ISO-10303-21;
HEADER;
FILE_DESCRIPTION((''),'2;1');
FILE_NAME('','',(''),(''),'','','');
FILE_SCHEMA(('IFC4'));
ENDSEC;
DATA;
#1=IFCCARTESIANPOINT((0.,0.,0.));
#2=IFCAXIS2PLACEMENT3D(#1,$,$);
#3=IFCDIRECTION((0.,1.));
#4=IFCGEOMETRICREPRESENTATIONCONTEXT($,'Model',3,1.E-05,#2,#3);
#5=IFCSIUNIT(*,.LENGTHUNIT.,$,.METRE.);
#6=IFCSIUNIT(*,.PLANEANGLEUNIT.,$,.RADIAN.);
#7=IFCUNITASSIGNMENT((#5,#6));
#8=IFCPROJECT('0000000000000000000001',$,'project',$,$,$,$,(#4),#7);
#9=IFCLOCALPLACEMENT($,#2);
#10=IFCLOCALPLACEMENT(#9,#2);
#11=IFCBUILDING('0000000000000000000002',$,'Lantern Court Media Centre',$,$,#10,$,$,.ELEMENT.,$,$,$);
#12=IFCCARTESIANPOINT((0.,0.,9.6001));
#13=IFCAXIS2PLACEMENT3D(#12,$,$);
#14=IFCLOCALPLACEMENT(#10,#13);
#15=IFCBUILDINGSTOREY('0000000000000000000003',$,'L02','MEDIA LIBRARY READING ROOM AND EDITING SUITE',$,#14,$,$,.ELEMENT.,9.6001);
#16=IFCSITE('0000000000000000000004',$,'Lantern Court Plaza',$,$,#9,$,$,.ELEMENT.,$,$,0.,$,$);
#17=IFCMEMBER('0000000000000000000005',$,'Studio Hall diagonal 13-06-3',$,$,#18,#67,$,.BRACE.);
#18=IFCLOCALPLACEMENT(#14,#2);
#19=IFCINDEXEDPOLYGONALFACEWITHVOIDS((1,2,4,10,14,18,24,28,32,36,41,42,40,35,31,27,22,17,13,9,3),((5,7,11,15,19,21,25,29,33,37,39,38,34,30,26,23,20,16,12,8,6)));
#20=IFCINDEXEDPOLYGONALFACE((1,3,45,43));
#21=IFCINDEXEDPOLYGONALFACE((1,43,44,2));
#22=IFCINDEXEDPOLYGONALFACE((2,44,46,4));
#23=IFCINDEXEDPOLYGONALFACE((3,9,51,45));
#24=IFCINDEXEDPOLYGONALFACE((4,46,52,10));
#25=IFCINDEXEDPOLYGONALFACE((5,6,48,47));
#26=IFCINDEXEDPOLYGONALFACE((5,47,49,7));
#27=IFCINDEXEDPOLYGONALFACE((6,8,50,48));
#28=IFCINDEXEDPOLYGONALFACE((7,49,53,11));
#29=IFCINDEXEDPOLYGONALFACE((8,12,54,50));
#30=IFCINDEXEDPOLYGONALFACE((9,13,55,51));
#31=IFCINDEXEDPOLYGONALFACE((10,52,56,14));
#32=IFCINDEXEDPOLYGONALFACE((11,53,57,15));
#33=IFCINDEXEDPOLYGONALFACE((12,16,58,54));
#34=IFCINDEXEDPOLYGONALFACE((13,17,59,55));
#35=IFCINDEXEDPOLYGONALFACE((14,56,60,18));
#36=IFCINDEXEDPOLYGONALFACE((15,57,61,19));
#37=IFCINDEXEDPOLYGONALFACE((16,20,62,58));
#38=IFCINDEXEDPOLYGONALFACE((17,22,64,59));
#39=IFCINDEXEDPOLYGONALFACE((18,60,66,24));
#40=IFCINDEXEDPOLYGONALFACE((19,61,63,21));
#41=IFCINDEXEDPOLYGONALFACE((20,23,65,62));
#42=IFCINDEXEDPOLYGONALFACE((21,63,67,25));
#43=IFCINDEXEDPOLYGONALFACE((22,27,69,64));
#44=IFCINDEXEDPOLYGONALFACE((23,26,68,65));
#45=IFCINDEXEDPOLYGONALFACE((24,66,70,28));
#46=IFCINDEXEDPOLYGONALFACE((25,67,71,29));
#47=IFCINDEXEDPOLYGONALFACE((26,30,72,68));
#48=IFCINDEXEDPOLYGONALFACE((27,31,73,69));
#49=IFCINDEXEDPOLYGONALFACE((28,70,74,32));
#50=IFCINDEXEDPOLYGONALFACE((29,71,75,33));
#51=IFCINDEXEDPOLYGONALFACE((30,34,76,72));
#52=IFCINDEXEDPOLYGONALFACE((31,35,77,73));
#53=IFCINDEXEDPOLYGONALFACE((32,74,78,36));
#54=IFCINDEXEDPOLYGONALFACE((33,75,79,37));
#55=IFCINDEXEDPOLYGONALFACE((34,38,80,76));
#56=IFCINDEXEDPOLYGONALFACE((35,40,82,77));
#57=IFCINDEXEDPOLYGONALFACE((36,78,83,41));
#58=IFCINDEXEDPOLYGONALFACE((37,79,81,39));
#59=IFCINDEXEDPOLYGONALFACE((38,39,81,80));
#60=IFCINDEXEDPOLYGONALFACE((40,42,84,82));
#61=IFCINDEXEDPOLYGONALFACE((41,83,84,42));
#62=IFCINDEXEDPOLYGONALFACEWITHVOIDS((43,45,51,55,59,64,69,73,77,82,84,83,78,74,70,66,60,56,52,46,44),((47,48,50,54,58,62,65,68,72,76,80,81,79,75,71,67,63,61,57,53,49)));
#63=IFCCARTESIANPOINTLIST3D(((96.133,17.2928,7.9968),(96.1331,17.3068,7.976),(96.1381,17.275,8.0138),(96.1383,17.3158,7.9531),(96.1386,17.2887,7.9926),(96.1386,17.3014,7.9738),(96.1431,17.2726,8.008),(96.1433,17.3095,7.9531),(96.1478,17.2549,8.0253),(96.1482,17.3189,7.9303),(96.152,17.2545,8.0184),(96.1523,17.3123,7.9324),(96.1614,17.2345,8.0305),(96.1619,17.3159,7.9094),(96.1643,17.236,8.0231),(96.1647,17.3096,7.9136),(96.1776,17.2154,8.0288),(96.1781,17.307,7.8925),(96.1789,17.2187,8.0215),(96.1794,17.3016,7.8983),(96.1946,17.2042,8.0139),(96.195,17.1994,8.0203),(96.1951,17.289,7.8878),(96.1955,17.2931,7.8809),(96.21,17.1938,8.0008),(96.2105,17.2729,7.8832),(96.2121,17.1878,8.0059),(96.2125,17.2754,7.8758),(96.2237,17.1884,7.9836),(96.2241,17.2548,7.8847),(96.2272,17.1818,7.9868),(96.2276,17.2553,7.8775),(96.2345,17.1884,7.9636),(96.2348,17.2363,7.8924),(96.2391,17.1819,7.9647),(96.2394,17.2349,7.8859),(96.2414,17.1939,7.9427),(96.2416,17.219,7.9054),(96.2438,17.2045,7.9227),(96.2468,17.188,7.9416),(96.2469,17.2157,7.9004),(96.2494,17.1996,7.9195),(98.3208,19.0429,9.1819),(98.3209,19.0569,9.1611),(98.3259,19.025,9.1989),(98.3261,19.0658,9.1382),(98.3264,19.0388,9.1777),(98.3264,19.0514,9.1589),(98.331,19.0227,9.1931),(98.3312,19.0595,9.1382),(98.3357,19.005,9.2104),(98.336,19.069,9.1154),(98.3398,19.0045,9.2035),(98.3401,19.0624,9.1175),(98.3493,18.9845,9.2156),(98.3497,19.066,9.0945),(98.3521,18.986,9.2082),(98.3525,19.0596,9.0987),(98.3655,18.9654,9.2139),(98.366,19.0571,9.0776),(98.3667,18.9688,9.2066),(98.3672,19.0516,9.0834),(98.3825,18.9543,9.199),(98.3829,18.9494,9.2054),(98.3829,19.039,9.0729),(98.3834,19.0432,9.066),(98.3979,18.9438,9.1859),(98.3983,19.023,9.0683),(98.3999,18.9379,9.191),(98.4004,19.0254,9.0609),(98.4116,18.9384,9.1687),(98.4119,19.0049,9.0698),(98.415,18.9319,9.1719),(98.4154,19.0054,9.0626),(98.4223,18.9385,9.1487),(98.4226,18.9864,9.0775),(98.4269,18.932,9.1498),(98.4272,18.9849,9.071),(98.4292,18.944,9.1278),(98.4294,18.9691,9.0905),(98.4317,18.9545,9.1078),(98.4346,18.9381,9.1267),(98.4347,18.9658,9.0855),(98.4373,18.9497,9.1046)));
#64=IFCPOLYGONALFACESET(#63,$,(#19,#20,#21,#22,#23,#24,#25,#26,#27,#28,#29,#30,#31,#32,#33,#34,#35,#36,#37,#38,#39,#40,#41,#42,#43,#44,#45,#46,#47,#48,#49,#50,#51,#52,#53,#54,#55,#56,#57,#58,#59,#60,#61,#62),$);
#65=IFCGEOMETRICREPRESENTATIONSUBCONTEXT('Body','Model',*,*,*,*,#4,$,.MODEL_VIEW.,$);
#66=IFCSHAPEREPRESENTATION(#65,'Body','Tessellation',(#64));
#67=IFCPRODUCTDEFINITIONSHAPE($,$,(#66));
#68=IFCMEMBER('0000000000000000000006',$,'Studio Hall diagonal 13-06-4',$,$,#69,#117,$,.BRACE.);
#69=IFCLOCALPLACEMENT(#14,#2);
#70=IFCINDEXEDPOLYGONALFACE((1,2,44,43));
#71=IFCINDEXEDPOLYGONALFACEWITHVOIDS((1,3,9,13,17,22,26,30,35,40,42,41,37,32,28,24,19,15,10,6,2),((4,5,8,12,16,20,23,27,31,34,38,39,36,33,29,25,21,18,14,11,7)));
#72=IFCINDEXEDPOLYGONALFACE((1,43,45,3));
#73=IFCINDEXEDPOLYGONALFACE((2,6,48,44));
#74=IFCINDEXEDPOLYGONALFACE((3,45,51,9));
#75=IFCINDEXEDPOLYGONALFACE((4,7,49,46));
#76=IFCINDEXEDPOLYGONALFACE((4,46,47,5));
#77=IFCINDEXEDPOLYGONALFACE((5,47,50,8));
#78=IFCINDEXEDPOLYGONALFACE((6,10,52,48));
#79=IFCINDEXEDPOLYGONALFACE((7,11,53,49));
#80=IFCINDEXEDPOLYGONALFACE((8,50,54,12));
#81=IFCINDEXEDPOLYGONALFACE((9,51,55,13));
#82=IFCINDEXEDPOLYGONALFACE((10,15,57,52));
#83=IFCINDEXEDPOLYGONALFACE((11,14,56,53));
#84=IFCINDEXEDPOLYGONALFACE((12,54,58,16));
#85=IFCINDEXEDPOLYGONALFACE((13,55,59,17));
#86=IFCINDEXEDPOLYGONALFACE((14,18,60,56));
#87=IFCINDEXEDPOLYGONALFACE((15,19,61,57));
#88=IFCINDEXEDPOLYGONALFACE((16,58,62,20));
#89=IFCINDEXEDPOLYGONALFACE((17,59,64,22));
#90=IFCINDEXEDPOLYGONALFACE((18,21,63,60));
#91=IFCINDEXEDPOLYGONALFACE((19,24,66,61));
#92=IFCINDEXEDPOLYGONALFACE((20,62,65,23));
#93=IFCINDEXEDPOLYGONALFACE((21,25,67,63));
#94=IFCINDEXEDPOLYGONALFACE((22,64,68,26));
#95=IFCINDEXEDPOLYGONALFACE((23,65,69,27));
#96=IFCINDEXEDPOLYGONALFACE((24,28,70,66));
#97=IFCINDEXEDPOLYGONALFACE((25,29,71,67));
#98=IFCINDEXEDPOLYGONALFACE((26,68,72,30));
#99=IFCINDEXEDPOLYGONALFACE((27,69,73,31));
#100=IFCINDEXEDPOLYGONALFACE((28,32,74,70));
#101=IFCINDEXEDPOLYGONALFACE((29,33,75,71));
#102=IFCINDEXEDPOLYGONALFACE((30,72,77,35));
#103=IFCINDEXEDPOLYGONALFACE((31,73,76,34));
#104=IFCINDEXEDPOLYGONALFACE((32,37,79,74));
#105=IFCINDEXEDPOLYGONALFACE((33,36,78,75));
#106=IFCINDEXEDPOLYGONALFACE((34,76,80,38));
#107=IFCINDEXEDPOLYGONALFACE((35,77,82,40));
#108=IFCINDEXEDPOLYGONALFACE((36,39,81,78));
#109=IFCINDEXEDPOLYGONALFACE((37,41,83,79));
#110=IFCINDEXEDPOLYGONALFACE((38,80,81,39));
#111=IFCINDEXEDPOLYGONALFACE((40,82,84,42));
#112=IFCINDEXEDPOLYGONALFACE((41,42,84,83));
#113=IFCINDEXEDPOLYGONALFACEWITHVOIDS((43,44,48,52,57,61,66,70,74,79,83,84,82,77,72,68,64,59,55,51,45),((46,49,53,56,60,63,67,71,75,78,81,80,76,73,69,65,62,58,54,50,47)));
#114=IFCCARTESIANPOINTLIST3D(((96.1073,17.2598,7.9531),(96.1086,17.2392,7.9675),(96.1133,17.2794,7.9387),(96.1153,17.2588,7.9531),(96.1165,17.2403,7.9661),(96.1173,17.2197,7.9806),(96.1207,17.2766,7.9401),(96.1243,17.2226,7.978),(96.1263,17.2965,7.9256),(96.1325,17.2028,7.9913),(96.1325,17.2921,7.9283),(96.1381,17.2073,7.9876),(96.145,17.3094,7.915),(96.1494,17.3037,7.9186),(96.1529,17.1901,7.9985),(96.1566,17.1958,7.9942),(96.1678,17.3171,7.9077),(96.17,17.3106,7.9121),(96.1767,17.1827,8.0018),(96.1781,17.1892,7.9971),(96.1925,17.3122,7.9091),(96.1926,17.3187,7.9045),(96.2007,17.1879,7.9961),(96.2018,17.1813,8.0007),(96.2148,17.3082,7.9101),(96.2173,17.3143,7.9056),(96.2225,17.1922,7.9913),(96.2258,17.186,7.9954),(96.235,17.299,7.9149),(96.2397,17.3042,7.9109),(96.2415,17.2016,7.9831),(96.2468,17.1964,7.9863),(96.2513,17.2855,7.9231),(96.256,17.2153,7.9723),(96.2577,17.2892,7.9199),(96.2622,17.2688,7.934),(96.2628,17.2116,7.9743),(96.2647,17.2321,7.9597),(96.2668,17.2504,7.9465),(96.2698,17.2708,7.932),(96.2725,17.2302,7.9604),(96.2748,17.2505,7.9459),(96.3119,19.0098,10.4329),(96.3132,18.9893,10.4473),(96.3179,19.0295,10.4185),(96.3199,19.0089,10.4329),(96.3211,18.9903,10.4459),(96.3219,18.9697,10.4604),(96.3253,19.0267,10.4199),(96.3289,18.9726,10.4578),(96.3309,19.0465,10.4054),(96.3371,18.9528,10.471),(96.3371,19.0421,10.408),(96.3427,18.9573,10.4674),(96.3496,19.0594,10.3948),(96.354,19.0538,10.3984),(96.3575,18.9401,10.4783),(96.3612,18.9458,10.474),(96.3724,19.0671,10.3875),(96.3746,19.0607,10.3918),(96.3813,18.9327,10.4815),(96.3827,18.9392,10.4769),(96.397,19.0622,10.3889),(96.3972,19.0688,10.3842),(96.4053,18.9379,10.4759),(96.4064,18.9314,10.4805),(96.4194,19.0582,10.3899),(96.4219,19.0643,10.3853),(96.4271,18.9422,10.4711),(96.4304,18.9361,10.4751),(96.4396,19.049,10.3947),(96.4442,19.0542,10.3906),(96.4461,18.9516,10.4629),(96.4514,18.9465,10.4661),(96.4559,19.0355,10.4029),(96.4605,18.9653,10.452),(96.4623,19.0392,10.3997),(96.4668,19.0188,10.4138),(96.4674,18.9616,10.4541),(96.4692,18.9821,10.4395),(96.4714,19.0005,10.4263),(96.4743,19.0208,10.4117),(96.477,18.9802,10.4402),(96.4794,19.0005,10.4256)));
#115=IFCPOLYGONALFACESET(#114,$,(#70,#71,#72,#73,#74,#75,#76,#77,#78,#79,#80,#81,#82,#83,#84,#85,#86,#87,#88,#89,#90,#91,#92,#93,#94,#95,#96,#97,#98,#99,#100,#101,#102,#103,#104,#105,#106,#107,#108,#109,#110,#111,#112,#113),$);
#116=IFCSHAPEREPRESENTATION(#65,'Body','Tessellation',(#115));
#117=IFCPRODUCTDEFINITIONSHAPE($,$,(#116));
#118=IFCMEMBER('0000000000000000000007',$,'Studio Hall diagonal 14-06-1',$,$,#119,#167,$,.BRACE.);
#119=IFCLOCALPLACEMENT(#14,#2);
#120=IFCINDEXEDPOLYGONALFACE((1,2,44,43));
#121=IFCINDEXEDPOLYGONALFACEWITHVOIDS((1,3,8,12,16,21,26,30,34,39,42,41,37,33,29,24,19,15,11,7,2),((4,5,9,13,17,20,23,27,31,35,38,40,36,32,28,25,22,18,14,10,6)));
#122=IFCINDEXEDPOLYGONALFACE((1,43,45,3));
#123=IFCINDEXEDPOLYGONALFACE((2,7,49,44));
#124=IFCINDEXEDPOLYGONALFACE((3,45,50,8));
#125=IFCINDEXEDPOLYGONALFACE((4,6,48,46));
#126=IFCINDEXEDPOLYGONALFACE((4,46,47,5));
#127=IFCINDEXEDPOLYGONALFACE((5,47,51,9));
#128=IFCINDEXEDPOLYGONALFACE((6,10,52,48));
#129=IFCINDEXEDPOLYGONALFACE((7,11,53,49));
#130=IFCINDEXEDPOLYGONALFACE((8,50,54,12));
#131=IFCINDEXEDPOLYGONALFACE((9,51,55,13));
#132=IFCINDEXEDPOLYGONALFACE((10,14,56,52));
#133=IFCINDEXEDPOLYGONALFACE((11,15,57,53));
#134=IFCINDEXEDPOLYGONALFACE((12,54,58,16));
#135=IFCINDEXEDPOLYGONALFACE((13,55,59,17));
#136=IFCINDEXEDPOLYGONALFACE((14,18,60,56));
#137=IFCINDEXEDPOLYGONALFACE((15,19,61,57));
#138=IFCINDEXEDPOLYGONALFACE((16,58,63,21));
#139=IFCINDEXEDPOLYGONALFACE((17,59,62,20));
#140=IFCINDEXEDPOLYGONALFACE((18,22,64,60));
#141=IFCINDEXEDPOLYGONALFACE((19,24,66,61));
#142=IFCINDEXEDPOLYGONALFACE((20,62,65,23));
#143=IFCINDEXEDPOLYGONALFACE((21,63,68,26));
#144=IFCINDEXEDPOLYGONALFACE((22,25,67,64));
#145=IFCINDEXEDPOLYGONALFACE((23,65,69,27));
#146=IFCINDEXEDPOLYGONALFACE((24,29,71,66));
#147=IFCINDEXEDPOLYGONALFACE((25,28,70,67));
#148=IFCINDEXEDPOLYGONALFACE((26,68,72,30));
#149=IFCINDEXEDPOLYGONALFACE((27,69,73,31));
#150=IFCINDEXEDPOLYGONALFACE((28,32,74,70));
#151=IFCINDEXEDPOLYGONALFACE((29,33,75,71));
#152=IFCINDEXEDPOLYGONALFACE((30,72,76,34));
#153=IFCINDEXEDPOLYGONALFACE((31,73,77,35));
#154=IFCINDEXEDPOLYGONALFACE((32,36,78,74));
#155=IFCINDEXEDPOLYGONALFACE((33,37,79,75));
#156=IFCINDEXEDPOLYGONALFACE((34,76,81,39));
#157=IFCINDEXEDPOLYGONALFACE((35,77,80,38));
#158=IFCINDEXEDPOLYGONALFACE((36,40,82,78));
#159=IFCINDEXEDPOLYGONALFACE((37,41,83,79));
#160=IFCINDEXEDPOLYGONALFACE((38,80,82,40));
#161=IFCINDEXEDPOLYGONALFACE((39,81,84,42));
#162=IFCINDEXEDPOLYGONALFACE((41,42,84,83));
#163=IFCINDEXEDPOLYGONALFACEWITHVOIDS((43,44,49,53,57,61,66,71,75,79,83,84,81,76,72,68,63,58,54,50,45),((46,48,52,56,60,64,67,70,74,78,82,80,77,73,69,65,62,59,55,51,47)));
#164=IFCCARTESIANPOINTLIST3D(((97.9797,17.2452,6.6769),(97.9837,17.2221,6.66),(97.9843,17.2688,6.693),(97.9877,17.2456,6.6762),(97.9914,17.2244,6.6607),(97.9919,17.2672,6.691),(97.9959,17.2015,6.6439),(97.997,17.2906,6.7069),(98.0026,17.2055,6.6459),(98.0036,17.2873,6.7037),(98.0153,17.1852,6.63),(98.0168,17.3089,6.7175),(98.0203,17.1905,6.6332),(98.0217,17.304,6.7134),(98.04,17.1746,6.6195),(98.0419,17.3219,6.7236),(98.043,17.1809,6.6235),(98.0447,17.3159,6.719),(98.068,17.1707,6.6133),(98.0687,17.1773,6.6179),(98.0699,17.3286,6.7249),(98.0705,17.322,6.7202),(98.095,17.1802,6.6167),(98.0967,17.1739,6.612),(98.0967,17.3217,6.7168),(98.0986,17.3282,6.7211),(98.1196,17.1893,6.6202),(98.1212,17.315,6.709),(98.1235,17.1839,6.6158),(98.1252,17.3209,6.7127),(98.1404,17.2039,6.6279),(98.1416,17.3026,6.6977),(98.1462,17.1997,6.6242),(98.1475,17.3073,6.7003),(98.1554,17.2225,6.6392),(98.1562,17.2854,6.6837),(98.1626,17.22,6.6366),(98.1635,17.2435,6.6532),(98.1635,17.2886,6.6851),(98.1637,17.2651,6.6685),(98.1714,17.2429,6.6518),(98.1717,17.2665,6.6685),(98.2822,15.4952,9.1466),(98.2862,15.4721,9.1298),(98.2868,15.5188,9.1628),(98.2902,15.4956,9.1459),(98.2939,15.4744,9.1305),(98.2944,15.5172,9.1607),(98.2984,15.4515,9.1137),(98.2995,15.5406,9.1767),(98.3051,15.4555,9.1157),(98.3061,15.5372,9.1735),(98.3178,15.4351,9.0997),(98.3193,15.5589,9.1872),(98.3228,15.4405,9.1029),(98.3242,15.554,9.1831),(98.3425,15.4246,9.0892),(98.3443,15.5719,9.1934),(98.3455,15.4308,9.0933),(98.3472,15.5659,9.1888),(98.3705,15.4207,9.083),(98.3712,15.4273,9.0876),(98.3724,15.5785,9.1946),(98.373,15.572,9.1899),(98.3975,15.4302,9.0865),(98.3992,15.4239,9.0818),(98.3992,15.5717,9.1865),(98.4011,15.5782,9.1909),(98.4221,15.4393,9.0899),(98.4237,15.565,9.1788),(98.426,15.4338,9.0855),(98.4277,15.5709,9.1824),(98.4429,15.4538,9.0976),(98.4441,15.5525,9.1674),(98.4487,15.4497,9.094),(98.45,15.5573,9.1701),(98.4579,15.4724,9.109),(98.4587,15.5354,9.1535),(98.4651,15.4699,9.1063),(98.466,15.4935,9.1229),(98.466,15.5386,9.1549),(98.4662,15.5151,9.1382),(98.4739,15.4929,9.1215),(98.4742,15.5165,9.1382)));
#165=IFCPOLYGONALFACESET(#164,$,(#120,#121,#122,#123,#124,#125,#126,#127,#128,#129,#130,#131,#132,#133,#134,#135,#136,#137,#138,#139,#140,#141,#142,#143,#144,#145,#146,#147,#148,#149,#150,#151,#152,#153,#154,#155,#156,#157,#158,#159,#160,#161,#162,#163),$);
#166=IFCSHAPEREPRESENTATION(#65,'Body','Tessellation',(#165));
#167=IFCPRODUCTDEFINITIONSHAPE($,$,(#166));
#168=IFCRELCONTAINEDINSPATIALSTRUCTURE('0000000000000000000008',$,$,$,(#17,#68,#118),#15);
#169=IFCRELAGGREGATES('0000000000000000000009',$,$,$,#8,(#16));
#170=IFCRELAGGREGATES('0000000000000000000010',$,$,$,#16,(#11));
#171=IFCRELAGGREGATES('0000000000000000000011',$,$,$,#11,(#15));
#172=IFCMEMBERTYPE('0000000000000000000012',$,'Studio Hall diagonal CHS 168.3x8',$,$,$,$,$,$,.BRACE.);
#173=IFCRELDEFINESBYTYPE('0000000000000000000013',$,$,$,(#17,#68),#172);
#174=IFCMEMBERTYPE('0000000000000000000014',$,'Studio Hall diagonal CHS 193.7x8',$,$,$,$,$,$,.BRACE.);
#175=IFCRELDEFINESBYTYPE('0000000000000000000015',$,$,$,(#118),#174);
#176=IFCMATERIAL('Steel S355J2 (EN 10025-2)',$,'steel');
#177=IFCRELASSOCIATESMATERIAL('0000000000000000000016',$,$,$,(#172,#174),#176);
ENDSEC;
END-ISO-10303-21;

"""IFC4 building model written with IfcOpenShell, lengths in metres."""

from ifc_helpers import new_model, si_unit, direction, frame, origin, origin_2d, place, context, subcontext, project, spatial, hollow_circle, extrude, material, material_profile, profile_set, type_object, element, save


model = new_model("IFC4")

# Units and contexts
model_context = context("Model", 3, precision=1e-05, world=origin(), true_north=direction((0.0, 1.0)))
body_context = subcontext(model_context, "Body", "Model", "MODEL_VIEW")
ifc_project = project(units=[si_unit("LENGTHUNIT", "METRE"), si_unit("PLANEANGLEUNIT", "RADIAN")], contexts=[model_context])

# Site, building, storey
site_placement = place(None, origin())
site = spatial("IfcSite", under=ifc_project, at=site_placement, Name="Lantern Court Plaza", CompositionType="ELEMENT", RefElevation=0.0)
building_placement = place(site_placement, origin())
building = spatial("IfcBuilding", under=site, at=building_placement, Name="Lantern Court Media Centre", CompositionType="ELEMENT")
storey_placement = place(building_placement, frame((0.0, 0.0, 9.6001)))
storey = spatial("IfcBuildingStorey", under=building, at=storey_placement, Name="L02", Description="MEDIA LIBRARY READING ROOM AND EDITING SUITE", CompositionType="ELEMENT", Elevation=9.6001)

# Members
ifc_material = material(Name="Steel S355J2 (EN 10025-2)", Category="steel")
ifc_material_profile_1 = material_profile(ifc_material, hollow_circle(Radius=0.0842, WallThickness=0.0081, at=origin_2d()), Name="Studio Hall diagonal CHS 168.3x8")
ifc_profile_set_1 = profile_set([ifc_material_profile_1], Name="Steel S355J2 (EN 10025-2)")
member_type_1 = type_object("IfcMemberType", Name="Studio Hall diagonal CHS 168.3x8", PredefinedType="BRACE", material=ifc_profile_set_1)
for number, where, z_axis, x_axis, name in (
    (1, (96.1909, 17.25, 7.9531), (0.719206, 0.5753, 0.38958), (-0.624653, 0.780903, 0.0), "Studio Hall diagonal 13-06-3"),
    (2, (96.1909, 17.25, 7.9531), (0.067256, 0.575289, 0.81518), (-0.993235, 0.116118, 0.0), "Studio Hall diagonal 13-06-4"),
):
    element("IfcMember", number, at=place(storey_placement, frame(where, z_axis=z_axis, x_axis=x_axis)), inside=storey, type_object=member_type_1, Name=name, PredefinedType="BRACE", context=body_context, shape_type="SweptSolid", body=[
        extrude(hollow_circle(Radius=0.0842, WallThickness=0.0081, at=origin_2d()), origin(), (0.0, 0.0, 1.0), 3.042),
    ])
ifc_material_profile_2 = material_profile(ifc_material, hollow_circle(Radius=0.0969, WallThickness=0.0081, at=origin_2d()), Name="Studio Hall diagonal CHS 193.7x8")
ifc_profile_set_2 = profile_set([ifc_material_profile_2], Name="Steel S355J2 (EN 10025-2)")
member_type_2 = type_object("IfcMemberType", Name="Studio Hall diagonal CHS 193.7x8", PredefinedType="BRACE", material=ifc_profile_set_2)
for number, where, z_axis, x_axis, name in (
    (3, (98.0762, 17.25, 6.6685), (0.099439, -0.575286, 0.811885), (0.985388, 0.170326, 0.0), "Studio Hall diagonal 14-06-1"),
):
    element("IfcMember", number, at=place(storey_placement, frame(where, z_axis=z_axis, x_axis=x_axis)), inside=storey, type_object=member_type_2, Name=name, PredefinedType="BRACE", context=body_context, shape_type="SweptSolid", body=[
        extrude(hollow_circle(Radius=0.0969, WallThickness=0.0081, at=origin_2d()), origin(), (0.0, 0.0, 1.0), 3.042),
    ])

save(model, "model.ifc")
